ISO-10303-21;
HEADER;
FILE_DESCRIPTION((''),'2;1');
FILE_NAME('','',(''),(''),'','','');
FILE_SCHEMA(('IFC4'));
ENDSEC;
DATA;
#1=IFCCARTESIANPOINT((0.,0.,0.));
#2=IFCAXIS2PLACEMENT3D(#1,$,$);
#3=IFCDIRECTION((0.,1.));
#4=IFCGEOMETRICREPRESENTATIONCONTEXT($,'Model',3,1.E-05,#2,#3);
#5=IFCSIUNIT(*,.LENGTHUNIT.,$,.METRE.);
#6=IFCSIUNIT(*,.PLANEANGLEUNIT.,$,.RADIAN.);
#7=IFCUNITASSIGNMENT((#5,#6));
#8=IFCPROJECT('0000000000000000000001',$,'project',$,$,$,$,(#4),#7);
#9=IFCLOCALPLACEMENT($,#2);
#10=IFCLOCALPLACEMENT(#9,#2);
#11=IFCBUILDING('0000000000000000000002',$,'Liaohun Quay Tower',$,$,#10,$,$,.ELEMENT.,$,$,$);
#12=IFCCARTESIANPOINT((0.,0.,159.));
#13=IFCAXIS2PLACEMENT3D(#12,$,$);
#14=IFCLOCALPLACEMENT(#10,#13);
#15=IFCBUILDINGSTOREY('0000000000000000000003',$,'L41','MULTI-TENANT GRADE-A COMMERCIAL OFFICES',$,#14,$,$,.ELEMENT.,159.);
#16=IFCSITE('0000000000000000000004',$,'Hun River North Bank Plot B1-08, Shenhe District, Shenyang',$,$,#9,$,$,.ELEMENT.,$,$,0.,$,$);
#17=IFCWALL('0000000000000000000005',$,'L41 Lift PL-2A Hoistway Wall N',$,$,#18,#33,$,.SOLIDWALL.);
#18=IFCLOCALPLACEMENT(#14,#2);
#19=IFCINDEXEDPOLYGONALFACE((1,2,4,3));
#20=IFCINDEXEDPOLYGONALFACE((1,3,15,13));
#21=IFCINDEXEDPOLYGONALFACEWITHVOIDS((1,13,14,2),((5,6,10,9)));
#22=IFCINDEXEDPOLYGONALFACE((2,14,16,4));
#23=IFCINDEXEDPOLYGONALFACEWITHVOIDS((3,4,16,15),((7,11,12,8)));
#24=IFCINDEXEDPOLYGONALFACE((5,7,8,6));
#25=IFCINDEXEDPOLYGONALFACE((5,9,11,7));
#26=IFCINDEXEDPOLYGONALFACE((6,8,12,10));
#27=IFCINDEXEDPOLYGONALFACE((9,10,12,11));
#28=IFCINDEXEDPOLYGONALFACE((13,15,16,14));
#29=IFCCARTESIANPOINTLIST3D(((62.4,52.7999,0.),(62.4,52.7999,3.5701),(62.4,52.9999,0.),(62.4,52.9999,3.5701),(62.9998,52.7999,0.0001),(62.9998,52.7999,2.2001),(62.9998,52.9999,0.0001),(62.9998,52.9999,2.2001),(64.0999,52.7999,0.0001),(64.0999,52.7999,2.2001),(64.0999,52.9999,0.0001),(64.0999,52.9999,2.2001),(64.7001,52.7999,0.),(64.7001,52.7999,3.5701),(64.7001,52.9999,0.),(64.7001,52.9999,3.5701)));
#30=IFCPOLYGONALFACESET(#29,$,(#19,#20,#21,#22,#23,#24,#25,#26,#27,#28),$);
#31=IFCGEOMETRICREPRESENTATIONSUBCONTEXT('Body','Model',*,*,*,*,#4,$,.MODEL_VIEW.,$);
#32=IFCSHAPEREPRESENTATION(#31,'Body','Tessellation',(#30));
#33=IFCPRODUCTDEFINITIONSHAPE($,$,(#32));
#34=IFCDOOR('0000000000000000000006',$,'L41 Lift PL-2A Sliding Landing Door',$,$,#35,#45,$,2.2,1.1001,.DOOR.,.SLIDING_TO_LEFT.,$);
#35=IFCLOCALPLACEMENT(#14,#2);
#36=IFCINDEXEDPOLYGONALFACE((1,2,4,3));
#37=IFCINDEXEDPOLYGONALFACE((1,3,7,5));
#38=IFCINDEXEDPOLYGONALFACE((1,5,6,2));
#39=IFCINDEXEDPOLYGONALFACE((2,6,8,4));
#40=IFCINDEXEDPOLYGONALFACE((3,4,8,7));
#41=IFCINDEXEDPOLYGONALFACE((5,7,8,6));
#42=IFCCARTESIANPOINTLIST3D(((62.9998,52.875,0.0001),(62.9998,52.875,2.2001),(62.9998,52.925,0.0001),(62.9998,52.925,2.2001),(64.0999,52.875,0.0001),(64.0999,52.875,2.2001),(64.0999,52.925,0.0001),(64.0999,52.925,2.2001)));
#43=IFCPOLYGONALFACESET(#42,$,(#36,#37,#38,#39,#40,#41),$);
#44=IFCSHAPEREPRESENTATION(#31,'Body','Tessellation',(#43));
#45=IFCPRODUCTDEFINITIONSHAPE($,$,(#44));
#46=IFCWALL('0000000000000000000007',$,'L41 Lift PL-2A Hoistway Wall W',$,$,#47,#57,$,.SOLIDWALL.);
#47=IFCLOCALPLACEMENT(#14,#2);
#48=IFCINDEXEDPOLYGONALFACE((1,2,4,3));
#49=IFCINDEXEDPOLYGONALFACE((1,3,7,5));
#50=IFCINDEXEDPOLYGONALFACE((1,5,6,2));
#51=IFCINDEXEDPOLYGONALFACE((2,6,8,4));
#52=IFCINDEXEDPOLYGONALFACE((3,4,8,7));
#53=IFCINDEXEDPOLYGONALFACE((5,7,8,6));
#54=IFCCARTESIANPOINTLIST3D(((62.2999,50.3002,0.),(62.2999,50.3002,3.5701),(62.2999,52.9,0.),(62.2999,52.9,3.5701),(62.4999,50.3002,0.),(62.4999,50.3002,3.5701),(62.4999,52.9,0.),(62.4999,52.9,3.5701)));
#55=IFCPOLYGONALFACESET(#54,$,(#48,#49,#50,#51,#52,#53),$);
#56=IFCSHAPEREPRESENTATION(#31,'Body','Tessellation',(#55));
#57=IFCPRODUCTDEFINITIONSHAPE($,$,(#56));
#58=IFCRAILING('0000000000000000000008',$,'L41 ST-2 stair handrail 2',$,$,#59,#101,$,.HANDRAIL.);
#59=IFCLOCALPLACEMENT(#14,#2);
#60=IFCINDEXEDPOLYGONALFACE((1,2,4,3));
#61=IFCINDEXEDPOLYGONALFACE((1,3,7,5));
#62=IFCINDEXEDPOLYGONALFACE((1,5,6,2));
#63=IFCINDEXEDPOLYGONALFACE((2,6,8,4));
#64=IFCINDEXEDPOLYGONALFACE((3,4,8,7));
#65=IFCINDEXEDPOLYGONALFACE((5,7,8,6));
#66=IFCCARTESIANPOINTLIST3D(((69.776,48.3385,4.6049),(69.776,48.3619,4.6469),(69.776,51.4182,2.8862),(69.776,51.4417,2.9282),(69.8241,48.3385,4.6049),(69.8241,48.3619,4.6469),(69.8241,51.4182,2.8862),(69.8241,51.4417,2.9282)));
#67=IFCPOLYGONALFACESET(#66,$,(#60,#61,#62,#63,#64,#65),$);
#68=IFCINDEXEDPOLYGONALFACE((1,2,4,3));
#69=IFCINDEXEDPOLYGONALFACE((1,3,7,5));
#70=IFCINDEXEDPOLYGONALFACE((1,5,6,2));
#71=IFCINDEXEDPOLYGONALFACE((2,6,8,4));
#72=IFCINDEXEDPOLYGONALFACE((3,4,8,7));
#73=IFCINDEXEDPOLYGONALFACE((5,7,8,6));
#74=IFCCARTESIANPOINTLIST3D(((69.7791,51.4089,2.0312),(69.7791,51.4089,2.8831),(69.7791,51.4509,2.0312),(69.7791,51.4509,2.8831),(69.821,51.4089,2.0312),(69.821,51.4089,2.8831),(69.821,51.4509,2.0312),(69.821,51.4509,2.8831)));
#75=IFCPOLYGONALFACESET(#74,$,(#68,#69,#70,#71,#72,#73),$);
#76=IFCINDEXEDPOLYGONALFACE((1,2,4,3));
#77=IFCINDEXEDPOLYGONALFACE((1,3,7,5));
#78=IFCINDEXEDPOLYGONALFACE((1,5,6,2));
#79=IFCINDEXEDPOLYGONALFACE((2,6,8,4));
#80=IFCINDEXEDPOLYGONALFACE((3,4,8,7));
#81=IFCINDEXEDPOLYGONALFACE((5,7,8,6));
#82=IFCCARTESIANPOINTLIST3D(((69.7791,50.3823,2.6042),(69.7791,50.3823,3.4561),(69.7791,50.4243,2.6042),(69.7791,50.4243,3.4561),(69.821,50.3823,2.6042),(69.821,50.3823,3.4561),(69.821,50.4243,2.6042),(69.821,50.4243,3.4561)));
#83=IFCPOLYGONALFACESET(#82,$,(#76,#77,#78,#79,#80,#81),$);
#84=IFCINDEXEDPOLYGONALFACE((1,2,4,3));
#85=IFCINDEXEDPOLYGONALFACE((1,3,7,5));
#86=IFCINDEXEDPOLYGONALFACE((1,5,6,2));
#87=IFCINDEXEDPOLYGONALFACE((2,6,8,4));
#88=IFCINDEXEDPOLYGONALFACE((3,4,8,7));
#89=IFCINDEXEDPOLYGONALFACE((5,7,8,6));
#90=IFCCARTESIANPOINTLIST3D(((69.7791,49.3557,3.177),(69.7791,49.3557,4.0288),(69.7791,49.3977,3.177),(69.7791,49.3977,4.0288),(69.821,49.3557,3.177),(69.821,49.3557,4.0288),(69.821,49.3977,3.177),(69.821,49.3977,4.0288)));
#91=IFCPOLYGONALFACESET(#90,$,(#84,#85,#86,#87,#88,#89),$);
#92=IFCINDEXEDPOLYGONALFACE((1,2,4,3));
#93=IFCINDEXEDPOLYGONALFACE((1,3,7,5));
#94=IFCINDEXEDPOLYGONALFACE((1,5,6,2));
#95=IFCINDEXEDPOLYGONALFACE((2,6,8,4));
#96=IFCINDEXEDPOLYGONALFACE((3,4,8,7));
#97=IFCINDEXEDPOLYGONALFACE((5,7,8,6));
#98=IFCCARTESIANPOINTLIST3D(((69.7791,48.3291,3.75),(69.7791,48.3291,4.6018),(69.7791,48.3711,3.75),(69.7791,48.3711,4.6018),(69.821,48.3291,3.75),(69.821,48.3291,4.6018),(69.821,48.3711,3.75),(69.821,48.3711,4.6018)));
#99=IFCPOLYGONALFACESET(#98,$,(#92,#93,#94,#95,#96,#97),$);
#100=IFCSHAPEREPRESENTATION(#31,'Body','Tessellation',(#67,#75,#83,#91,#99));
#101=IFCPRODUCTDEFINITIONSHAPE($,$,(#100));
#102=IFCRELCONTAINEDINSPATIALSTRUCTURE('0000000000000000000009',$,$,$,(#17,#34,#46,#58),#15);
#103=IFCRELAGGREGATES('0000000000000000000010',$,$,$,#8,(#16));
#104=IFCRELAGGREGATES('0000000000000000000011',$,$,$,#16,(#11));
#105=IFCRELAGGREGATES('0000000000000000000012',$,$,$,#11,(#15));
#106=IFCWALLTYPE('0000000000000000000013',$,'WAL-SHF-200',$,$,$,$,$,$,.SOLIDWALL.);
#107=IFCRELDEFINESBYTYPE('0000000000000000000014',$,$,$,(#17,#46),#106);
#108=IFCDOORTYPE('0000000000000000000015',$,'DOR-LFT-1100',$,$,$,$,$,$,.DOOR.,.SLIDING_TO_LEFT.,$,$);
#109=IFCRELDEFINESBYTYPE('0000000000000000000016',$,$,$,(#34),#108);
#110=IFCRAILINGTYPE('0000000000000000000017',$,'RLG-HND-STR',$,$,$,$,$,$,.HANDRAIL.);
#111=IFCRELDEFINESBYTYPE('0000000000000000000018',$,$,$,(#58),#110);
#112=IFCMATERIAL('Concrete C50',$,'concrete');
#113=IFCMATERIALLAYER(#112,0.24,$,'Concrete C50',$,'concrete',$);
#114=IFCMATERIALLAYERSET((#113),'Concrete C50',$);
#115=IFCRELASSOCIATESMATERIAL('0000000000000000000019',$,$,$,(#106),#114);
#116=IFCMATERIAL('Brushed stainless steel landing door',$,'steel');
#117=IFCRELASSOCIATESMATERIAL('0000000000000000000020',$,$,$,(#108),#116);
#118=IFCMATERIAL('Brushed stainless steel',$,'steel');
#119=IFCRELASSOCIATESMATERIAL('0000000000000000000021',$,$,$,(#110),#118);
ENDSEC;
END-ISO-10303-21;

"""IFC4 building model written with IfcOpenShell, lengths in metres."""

from ifc_helpers import new_model, si_unit, direction, frame, frame_2d, origin, origin_2d, place, context, subcontext, project, spatial, rectangle, extrude, source, transform, mapped, material, layer, layer_set, type_object, element, fill, save


model = new_model("IFC4")

# Units and contexts
model_context = context("Model", 3, precision=1e-05, world=origin(), true_north=direction((0.0, 1.0)))
body_context = subcontext(model_context, "Body", "Model", "MODEL_VIEW")
ifc_project = project(units=[si_unit("LENGTHUNIT", "METRE"), si_unit("PLANEANGLEUNIT", "RADIAN")], contexts=[model_context])

# Site, building, storey
site_placement = place(None, origin())
site = spatial("IfcSite", under=ifc_project, at=site_placement, Name="Hun River North Bank Plot B1-08, Shenhe District, Shenyang", CompositionType="ELEMENT", RefElevation=0.0)
building_placement = place(site_placement, origin())
building = spatial("IfcBuilding", under=site, at=building_placement, Name="Liaohun Quay Tower", CompositionType="ELEMENT")
storey_placement = place(building_placement, frame((0.0, 0.0, 159.0)))
storey = spatial("IfcBuildingStorey", under=building, at=storey_placement, Name="L41", Description="MULTI-TENANT GRADE-A COMMERCIAL OFFICES", CompositionType="ELEMENT", Elevation=159.0)

# Shared definitions
ifc_material_1 = material(Name="Concrete C50", Category="concrete")
ifc_layer_1 = layer(ifc_material_1, 0.24, Name="Concrete C50", Category="concrete")
ifc_layer_set_1 = layer_set([ifc_layer_1], Name="Concrete C50")
wall_type_1 = type_object("IfcWallType", Name="WAL-SHF-200", PredefinedType="SOLIDWALL", material=ifc_layer_set_1)

# Wall, opening, door
wall_1_placement = place(storey_placement, frame((64.7, 52.8999, 0.0), z_axis=(0.0, 0.0, 1.0), x_axis=(-1.0, 0.0, 0.0)))
wall_1 = element("IfcWall", 1, at=wall_1_placement, inside=storey, type_object=wall_type_1, Name="L41 Lift PL-2A Hoistway Wall N", PredefinedType="SOLIDWALL", context=body_context, shape_type="SweptSolid", body=[
    extrude(rectangle(XDim=2.3, YDim=0.2, at=frame_2d((1.1499, 0.0))), origin(), (0.0, 0.0, 1.0), 3.5701),
])
shared_shape_1 = source(origin(), body_context, "Body", "SweptSolid", [
    extrude(rectangle(XDim=1.1001, YDim=2.2, at=frame_2d((0.55, 1.1001))), frame((0.0, 0.1099, 0.0), z_axis=(0.0, -1.0, 0.0), x_axis=(1.0, 0.0, 0.0)), (0.0, 0.0, 1.0), 0.22),
])
opening_1_placement = place(wall_1_placement, frame((0.6001, 0.0, 0.0)))
opening_1 = element("IfcOpeningElement", 2, at=opening_1_placement, cuts=wall_1, PredefinedType="OPENING", context=body_context, shape_type="MappedRepresentation", body=[
    mapped(shared_shape_1, transform((0.0, 0.0, 0.0), x_axis=(1.0, 0.0, 0.0), y_axis=(0.0, 1.0, 0.0), z_axis=(0.0, 0.0, 1.0), scale=1.0)),
])
ifc_material_2 = material(Name="Brushed stainless steel landing door", Category="steel")
door_type_1 = type_object("IfcDoorType", Name="DOR-LFT-1100", OperationType="SLIDING_TO_LEFT", PredefinedType="DOOR", material=ifc_material_2)
shared_shape_2 = source(origin(), body_context, "Body", "SweptSolid", [
    extrude(rectangle(XDim=1.1001, YDim=2.2, at=frame_2d((0.55, 1.1001))), frame((0.0, 0.0249, 0.0), z_axis=(0.0, -1.0, 0.0), x_axis=(1.0, 0.0, 0.0)), (0.0, 0.0, 1.0), 0.05),
])
door_1_placement = place(opening_1_placement, origin())
door_1 = element("IfcDoor", 3, at=door_1_placement, inside=storey, type_object=door_type_1, Name="L41 Lift PL-2A Sliding Landing Door", OperationType="SLIDING_TO_LEFT", OverallHeight=2.2, OverallWidth=1.1001, PredefinedType="DOOR", context=body_context, shape_type="MappedRepresentation", body=[
    mapped(shared_shape_2, transform((0.0, 0.0, 0.0), x_axis=(1.0, 0.0, 0.0), y_axis=(0.0, 1.0, 0.0), z_axis=(0.0, 0.0, 1.0), scale=1.0)),
])
fill(opening_1, door_1)

# Wall
wall_2_placement = place(storey_placement, frame((62.3999, 52.8999, 0.0), z_axis=(0.0, 0.0, 1.0), x_axis=(0.0, -1.0, 0.0)))
element("IfcWall", 4, at=wall_2_placement, inside=storey, type_object=wall_type_1, Name="L41 Lift PL-2A Hoistway Wall W", PredefinedType="SOLIDWALL", context=body_context, shape_type="SweptSolid", body=[
    extrude(rectangle(XDim=2.5999, YDim=0.2, at=frame_2d((1.2998, 0.0))), origin(), (0.0, 0.0, 1.0), 3.5701),
])

# Railing
ifc_material_3 = material(Name="Brushed stainless steel", Category="steel")
railing_type = type_object("IfcRailingType", Name="RLG-HND-STR", PredefinedType="HANDRAIL", material=ifc_material_3)
railing_placement = place(storey_placement, frame((69.8, 51.4299, 2.0312)))
element("IfcRailing", 5, at=railing_placement, inside=storey, type_object=railing_type, Name="L41 ST-2 stair handrail 2", PredefinedType="HANDRAIL", context=body_context, shape_type="SweptSolid", body=[
    extrude(rectangle(XDim=0.0481, YDim=0.0481, at=origin_2d()), frame((0.0, 0.0, 0.876), z_axis=(0.0, -0.873225, 0.487317), x_axis=(1.0, 0.0, 0.0)), (0.0, 0.0, 1.0), 3.5269),
    extrude(rectangle(XDim=0.042, YDim=0.042, at=origin_2d()), origin(), (0.0, 0.0, 1.0), 0.8518),
    extrude(rectangle(XDim=0.042, YDim=0.042, at=origin_2d()), frame((0.0, -1.0266, 0.573)), (0.0, 0.0, 1.0), 0.8518),
    extrude(rectangle(XDim=0.042, YDim=0.042, at=origin_2d()), frame((0.0, -2.0532, 1.1458)), (0.0, 0.0, 1.0), 0.8518),
    extrude(rectangle(XDim=0.042, YDim=0.042, at=origin_2d()), frame((0.0, -3.0798, 1.7188)), (0.0, 0.0, 1.0), 0.8518),
])

save(model, "model.ifc")
